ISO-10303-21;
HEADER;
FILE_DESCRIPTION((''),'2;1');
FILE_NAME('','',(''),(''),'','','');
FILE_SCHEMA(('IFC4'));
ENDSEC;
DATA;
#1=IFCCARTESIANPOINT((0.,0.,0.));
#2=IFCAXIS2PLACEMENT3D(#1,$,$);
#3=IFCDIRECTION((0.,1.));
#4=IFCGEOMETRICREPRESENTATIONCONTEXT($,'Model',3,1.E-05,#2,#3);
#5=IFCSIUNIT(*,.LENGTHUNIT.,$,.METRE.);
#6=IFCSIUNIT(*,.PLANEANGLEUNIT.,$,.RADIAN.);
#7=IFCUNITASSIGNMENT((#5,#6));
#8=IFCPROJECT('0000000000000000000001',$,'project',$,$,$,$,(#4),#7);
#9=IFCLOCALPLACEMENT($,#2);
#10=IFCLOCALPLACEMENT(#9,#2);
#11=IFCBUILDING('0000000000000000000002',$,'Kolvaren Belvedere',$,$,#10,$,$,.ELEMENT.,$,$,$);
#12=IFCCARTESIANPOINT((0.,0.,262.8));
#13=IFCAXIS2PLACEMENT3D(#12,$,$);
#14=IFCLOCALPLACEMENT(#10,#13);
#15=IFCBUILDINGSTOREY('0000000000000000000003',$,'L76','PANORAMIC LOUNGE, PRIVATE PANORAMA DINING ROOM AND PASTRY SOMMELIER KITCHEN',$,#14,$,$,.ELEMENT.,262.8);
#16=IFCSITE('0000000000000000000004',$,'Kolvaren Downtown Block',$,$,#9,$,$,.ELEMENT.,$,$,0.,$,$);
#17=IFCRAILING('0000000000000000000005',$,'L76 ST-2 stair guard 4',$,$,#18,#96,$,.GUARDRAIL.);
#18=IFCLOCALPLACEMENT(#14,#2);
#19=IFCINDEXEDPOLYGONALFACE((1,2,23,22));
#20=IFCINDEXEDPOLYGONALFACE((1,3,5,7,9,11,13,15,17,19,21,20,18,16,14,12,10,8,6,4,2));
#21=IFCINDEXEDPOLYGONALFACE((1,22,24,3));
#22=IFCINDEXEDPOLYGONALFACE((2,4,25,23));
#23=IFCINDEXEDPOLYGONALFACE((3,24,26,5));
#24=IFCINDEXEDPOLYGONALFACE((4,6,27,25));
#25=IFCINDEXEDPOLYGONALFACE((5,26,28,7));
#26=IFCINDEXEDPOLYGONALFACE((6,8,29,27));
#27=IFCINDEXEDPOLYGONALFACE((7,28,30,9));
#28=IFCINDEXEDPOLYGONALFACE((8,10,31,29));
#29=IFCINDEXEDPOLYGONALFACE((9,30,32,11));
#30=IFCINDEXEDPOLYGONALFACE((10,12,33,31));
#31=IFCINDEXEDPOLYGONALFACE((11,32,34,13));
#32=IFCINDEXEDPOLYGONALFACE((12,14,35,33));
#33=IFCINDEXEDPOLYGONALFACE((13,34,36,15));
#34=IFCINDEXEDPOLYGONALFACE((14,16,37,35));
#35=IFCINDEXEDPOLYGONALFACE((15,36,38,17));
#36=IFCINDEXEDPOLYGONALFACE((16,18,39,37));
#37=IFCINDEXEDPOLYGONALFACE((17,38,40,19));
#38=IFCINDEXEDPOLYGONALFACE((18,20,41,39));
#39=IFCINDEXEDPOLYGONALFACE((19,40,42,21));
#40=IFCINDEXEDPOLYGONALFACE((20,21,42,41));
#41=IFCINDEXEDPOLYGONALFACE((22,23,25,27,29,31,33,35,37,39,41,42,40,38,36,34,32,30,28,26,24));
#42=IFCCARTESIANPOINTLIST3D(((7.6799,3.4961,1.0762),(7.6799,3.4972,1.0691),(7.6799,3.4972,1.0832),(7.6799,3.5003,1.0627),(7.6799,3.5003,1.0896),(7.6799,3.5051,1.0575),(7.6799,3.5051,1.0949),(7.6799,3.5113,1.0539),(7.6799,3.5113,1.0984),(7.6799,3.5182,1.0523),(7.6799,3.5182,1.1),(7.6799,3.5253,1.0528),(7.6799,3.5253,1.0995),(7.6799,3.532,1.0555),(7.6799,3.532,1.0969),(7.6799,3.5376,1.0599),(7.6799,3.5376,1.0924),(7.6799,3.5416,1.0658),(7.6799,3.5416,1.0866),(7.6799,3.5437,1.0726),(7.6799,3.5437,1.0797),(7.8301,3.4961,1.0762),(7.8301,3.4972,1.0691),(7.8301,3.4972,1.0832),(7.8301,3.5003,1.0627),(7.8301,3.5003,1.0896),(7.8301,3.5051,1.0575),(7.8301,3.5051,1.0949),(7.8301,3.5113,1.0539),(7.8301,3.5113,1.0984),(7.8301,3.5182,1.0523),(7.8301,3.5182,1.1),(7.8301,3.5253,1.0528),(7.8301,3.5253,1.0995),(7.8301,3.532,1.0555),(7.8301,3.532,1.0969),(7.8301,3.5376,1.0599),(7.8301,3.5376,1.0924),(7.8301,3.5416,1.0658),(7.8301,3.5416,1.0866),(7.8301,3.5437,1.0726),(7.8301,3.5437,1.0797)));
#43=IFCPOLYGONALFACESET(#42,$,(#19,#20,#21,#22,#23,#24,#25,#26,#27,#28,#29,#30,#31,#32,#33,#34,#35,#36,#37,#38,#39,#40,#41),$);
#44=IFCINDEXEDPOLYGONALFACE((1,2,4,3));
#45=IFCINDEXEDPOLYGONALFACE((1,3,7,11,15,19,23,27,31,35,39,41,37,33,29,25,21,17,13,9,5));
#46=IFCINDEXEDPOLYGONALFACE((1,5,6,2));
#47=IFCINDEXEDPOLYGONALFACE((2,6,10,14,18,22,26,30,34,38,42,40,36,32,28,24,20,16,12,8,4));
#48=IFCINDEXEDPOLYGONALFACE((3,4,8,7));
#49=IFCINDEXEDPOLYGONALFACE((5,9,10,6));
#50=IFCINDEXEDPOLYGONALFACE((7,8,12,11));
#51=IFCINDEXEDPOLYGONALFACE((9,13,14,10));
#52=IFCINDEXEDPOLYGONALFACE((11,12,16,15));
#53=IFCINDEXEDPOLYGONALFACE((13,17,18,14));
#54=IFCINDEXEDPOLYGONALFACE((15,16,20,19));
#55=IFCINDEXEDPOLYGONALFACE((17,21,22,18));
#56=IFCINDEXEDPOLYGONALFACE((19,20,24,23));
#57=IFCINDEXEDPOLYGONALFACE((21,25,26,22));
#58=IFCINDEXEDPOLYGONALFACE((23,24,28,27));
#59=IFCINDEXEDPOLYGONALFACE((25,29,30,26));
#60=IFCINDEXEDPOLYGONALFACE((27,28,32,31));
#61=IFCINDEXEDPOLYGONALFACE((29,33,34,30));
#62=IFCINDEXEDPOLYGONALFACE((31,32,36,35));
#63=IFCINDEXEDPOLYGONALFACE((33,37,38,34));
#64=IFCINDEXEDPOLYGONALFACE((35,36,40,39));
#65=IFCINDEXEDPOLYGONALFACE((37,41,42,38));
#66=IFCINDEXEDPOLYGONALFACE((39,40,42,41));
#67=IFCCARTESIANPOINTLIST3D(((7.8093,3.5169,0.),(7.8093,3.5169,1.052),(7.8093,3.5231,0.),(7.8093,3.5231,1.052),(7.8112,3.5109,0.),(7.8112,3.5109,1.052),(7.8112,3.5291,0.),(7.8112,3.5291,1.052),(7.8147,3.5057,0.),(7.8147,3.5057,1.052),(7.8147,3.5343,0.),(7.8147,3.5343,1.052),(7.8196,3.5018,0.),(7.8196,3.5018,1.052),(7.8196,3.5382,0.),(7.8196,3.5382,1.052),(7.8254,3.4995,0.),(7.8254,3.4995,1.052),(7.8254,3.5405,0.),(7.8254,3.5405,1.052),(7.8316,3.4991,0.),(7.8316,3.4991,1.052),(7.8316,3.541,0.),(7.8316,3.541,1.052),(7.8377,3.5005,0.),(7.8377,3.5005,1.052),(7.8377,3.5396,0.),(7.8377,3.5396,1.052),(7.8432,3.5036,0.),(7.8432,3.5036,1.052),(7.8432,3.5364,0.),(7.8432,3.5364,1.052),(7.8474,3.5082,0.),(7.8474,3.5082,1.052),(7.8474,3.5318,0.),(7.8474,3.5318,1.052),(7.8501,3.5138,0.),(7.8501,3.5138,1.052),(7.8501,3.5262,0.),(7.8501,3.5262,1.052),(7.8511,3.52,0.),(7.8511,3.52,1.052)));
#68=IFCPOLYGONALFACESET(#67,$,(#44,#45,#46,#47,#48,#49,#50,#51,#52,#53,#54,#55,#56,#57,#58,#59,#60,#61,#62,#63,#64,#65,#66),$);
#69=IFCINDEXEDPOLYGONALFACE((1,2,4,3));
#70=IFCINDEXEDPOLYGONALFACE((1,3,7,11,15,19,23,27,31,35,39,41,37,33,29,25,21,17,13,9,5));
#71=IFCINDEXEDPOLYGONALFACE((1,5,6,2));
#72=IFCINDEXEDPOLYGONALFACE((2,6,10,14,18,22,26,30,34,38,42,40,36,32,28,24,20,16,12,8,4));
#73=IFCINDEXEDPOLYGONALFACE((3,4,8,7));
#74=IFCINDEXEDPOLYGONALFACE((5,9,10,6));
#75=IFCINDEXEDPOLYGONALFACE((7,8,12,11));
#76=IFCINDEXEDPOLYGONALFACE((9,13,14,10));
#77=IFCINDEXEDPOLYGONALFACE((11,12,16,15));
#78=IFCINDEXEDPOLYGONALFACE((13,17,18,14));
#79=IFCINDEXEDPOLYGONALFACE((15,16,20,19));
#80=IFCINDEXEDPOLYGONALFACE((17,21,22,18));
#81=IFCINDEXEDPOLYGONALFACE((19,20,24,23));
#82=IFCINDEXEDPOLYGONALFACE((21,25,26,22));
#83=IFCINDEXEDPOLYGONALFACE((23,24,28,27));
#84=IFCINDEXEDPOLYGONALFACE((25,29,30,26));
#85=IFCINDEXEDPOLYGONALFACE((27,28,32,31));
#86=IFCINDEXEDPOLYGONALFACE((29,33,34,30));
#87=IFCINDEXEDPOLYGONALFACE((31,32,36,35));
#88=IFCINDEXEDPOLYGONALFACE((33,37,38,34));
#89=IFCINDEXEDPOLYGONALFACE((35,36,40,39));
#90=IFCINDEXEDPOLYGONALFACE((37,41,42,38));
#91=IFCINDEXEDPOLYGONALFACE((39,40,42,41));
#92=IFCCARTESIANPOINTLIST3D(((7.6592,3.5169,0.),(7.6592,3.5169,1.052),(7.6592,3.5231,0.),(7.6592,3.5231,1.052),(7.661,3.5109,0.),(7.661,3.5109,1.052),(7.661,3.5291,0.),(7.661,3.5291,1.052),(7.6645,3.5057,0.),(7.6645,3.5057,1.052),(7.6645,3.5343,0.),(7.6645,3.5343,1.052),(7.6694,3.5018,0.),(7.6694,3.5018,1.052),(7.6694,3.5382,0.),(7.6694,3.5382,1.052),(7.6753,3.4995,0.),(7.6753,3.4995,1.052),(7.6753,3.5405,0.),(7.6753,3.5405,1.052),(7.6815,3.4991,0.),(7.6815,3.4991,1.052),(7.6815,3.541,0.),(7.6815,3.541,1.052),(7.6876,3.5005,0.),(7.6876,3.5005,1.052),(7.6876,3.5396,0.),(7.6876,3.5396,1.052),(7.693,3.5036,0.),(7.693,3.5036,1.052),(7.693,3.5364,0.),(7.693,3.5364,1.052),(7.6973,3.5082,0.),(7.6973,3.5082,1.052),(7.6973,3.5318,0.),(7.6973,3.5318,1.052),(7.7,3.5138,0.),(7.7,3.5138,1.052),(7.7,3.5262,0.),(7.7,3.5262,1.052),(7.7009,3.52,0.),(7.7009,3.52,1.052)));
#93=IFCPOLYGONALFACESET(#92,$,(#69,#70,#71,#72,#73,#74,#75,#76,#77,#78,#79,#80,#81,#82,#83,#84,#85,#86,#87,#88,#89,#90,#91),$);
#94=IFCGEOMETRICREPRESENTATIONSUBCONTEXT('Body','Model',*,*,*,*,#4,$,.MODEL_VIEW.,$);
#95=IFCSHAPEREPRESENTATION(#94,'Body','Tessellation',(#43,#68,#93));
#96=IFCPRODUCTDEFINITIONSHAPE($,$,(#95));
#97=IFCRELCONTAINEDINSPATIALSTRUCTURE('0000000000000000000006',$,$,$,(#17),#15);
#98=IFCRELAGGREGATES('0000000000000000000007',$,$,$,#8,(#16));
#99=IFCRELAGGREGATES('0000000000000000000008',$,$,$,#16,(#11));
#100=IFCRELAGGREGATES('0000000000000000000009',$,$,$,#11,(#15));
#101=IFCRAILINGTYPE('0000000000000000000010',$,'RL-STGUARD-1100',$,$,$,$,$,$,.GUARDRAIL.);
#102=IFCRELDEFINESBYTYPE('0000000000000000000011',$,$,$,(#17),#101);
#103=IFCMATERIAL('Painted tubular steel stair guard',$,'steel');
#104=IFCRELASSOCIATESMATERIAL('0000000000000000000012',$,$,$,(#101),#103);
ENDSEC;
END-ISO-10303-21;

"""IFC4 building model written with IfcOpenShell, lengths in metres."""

from ifc_helpers import new_model, si_unit, direction, frame, origin, origin_2d, place, context, subcontext, project, spatial, circle, extrude, material, type_object, element, save


model = new_model("IFC4")

# Units and contexts
model_context = context("Model", 3, precision=1e-05, world=origin(), true_north=direction((0.0, 1.0)))
body_context = subcontext(model_context, "Body", "Model", "MODEL_VIEW")
ifc_project = project(units=[si_unit("LENGTHUNIT", "METRE"), si_unit("PLANEANGLEUNIT", "RADIAN")], contexts=[model_context])

# Site, building, storey
site_placement = place(None, origin())
site = spatial("IfcSite", under=ifc_project, at=site_placement, Name="Kolvaren Downtown Block", CompositionType="ELEMENT", RefElevation=0.0)
building_placement = place(site_placement, origin())
building = spatial("IfcBuilding", under=site, at=building_placement, Name="Kolvaren Belvedere", CompositionType="ELEMENT")
storey_placement = place(building_placement, frame((0.0, 0.0, 262.8)))
storey = spatial("IfcBuildingStorey", under=building, at=storey_placement, Name="L76", Description="PANORAMIC LOUNGE, PRIVATE PANORAMA DINING ROOM AND PASTRY SOMMELIER KITCHEN", CompositionType="ELEMENT", Elevation=262.8)

# Railing
ifc_material_1 = material(Name="Painted tubular steel stair guard", Category="steel")
railing_type_1 = type_object("IfcRailingType", Name="RL-STGUARD-1100", PredefinedType="GUARDRAIL", material=ifc_material_1)
railing_1_placement = place(storey_placement, frame((7.8301, 3.52, 0.0)))
element("IfcRailing", 1, at=railing_1_placement, inside=storey, type_object=railing_type_1, Name="L76 ST-2 stair guard 4", PredefinedType="GUARDRAIL", context=body_context, shape_type="SweptSolid", body=[
    extrude(circle(Radius=0.0239, at=origin_2d()), frame((0.0, 0.0, 1.0762), z_axis=(-1.0, 0.0, 0.0), x_axis=(0.0, -1.0, 0.0)), (0.0, 0.0, 1.0), 0.1501),
    extrude(circle(Radius=0.021, at=origin_2d()), origin(), (0.0, 0.0, 1.0), 1.052),
    extrude(circle(Radius=0.021, at=origin_2d()), frame((-0.1501, 0.0, 0.0)), (0.0, 0.0, 1.0), 1.052),
])

save(model, "model.ifc")
